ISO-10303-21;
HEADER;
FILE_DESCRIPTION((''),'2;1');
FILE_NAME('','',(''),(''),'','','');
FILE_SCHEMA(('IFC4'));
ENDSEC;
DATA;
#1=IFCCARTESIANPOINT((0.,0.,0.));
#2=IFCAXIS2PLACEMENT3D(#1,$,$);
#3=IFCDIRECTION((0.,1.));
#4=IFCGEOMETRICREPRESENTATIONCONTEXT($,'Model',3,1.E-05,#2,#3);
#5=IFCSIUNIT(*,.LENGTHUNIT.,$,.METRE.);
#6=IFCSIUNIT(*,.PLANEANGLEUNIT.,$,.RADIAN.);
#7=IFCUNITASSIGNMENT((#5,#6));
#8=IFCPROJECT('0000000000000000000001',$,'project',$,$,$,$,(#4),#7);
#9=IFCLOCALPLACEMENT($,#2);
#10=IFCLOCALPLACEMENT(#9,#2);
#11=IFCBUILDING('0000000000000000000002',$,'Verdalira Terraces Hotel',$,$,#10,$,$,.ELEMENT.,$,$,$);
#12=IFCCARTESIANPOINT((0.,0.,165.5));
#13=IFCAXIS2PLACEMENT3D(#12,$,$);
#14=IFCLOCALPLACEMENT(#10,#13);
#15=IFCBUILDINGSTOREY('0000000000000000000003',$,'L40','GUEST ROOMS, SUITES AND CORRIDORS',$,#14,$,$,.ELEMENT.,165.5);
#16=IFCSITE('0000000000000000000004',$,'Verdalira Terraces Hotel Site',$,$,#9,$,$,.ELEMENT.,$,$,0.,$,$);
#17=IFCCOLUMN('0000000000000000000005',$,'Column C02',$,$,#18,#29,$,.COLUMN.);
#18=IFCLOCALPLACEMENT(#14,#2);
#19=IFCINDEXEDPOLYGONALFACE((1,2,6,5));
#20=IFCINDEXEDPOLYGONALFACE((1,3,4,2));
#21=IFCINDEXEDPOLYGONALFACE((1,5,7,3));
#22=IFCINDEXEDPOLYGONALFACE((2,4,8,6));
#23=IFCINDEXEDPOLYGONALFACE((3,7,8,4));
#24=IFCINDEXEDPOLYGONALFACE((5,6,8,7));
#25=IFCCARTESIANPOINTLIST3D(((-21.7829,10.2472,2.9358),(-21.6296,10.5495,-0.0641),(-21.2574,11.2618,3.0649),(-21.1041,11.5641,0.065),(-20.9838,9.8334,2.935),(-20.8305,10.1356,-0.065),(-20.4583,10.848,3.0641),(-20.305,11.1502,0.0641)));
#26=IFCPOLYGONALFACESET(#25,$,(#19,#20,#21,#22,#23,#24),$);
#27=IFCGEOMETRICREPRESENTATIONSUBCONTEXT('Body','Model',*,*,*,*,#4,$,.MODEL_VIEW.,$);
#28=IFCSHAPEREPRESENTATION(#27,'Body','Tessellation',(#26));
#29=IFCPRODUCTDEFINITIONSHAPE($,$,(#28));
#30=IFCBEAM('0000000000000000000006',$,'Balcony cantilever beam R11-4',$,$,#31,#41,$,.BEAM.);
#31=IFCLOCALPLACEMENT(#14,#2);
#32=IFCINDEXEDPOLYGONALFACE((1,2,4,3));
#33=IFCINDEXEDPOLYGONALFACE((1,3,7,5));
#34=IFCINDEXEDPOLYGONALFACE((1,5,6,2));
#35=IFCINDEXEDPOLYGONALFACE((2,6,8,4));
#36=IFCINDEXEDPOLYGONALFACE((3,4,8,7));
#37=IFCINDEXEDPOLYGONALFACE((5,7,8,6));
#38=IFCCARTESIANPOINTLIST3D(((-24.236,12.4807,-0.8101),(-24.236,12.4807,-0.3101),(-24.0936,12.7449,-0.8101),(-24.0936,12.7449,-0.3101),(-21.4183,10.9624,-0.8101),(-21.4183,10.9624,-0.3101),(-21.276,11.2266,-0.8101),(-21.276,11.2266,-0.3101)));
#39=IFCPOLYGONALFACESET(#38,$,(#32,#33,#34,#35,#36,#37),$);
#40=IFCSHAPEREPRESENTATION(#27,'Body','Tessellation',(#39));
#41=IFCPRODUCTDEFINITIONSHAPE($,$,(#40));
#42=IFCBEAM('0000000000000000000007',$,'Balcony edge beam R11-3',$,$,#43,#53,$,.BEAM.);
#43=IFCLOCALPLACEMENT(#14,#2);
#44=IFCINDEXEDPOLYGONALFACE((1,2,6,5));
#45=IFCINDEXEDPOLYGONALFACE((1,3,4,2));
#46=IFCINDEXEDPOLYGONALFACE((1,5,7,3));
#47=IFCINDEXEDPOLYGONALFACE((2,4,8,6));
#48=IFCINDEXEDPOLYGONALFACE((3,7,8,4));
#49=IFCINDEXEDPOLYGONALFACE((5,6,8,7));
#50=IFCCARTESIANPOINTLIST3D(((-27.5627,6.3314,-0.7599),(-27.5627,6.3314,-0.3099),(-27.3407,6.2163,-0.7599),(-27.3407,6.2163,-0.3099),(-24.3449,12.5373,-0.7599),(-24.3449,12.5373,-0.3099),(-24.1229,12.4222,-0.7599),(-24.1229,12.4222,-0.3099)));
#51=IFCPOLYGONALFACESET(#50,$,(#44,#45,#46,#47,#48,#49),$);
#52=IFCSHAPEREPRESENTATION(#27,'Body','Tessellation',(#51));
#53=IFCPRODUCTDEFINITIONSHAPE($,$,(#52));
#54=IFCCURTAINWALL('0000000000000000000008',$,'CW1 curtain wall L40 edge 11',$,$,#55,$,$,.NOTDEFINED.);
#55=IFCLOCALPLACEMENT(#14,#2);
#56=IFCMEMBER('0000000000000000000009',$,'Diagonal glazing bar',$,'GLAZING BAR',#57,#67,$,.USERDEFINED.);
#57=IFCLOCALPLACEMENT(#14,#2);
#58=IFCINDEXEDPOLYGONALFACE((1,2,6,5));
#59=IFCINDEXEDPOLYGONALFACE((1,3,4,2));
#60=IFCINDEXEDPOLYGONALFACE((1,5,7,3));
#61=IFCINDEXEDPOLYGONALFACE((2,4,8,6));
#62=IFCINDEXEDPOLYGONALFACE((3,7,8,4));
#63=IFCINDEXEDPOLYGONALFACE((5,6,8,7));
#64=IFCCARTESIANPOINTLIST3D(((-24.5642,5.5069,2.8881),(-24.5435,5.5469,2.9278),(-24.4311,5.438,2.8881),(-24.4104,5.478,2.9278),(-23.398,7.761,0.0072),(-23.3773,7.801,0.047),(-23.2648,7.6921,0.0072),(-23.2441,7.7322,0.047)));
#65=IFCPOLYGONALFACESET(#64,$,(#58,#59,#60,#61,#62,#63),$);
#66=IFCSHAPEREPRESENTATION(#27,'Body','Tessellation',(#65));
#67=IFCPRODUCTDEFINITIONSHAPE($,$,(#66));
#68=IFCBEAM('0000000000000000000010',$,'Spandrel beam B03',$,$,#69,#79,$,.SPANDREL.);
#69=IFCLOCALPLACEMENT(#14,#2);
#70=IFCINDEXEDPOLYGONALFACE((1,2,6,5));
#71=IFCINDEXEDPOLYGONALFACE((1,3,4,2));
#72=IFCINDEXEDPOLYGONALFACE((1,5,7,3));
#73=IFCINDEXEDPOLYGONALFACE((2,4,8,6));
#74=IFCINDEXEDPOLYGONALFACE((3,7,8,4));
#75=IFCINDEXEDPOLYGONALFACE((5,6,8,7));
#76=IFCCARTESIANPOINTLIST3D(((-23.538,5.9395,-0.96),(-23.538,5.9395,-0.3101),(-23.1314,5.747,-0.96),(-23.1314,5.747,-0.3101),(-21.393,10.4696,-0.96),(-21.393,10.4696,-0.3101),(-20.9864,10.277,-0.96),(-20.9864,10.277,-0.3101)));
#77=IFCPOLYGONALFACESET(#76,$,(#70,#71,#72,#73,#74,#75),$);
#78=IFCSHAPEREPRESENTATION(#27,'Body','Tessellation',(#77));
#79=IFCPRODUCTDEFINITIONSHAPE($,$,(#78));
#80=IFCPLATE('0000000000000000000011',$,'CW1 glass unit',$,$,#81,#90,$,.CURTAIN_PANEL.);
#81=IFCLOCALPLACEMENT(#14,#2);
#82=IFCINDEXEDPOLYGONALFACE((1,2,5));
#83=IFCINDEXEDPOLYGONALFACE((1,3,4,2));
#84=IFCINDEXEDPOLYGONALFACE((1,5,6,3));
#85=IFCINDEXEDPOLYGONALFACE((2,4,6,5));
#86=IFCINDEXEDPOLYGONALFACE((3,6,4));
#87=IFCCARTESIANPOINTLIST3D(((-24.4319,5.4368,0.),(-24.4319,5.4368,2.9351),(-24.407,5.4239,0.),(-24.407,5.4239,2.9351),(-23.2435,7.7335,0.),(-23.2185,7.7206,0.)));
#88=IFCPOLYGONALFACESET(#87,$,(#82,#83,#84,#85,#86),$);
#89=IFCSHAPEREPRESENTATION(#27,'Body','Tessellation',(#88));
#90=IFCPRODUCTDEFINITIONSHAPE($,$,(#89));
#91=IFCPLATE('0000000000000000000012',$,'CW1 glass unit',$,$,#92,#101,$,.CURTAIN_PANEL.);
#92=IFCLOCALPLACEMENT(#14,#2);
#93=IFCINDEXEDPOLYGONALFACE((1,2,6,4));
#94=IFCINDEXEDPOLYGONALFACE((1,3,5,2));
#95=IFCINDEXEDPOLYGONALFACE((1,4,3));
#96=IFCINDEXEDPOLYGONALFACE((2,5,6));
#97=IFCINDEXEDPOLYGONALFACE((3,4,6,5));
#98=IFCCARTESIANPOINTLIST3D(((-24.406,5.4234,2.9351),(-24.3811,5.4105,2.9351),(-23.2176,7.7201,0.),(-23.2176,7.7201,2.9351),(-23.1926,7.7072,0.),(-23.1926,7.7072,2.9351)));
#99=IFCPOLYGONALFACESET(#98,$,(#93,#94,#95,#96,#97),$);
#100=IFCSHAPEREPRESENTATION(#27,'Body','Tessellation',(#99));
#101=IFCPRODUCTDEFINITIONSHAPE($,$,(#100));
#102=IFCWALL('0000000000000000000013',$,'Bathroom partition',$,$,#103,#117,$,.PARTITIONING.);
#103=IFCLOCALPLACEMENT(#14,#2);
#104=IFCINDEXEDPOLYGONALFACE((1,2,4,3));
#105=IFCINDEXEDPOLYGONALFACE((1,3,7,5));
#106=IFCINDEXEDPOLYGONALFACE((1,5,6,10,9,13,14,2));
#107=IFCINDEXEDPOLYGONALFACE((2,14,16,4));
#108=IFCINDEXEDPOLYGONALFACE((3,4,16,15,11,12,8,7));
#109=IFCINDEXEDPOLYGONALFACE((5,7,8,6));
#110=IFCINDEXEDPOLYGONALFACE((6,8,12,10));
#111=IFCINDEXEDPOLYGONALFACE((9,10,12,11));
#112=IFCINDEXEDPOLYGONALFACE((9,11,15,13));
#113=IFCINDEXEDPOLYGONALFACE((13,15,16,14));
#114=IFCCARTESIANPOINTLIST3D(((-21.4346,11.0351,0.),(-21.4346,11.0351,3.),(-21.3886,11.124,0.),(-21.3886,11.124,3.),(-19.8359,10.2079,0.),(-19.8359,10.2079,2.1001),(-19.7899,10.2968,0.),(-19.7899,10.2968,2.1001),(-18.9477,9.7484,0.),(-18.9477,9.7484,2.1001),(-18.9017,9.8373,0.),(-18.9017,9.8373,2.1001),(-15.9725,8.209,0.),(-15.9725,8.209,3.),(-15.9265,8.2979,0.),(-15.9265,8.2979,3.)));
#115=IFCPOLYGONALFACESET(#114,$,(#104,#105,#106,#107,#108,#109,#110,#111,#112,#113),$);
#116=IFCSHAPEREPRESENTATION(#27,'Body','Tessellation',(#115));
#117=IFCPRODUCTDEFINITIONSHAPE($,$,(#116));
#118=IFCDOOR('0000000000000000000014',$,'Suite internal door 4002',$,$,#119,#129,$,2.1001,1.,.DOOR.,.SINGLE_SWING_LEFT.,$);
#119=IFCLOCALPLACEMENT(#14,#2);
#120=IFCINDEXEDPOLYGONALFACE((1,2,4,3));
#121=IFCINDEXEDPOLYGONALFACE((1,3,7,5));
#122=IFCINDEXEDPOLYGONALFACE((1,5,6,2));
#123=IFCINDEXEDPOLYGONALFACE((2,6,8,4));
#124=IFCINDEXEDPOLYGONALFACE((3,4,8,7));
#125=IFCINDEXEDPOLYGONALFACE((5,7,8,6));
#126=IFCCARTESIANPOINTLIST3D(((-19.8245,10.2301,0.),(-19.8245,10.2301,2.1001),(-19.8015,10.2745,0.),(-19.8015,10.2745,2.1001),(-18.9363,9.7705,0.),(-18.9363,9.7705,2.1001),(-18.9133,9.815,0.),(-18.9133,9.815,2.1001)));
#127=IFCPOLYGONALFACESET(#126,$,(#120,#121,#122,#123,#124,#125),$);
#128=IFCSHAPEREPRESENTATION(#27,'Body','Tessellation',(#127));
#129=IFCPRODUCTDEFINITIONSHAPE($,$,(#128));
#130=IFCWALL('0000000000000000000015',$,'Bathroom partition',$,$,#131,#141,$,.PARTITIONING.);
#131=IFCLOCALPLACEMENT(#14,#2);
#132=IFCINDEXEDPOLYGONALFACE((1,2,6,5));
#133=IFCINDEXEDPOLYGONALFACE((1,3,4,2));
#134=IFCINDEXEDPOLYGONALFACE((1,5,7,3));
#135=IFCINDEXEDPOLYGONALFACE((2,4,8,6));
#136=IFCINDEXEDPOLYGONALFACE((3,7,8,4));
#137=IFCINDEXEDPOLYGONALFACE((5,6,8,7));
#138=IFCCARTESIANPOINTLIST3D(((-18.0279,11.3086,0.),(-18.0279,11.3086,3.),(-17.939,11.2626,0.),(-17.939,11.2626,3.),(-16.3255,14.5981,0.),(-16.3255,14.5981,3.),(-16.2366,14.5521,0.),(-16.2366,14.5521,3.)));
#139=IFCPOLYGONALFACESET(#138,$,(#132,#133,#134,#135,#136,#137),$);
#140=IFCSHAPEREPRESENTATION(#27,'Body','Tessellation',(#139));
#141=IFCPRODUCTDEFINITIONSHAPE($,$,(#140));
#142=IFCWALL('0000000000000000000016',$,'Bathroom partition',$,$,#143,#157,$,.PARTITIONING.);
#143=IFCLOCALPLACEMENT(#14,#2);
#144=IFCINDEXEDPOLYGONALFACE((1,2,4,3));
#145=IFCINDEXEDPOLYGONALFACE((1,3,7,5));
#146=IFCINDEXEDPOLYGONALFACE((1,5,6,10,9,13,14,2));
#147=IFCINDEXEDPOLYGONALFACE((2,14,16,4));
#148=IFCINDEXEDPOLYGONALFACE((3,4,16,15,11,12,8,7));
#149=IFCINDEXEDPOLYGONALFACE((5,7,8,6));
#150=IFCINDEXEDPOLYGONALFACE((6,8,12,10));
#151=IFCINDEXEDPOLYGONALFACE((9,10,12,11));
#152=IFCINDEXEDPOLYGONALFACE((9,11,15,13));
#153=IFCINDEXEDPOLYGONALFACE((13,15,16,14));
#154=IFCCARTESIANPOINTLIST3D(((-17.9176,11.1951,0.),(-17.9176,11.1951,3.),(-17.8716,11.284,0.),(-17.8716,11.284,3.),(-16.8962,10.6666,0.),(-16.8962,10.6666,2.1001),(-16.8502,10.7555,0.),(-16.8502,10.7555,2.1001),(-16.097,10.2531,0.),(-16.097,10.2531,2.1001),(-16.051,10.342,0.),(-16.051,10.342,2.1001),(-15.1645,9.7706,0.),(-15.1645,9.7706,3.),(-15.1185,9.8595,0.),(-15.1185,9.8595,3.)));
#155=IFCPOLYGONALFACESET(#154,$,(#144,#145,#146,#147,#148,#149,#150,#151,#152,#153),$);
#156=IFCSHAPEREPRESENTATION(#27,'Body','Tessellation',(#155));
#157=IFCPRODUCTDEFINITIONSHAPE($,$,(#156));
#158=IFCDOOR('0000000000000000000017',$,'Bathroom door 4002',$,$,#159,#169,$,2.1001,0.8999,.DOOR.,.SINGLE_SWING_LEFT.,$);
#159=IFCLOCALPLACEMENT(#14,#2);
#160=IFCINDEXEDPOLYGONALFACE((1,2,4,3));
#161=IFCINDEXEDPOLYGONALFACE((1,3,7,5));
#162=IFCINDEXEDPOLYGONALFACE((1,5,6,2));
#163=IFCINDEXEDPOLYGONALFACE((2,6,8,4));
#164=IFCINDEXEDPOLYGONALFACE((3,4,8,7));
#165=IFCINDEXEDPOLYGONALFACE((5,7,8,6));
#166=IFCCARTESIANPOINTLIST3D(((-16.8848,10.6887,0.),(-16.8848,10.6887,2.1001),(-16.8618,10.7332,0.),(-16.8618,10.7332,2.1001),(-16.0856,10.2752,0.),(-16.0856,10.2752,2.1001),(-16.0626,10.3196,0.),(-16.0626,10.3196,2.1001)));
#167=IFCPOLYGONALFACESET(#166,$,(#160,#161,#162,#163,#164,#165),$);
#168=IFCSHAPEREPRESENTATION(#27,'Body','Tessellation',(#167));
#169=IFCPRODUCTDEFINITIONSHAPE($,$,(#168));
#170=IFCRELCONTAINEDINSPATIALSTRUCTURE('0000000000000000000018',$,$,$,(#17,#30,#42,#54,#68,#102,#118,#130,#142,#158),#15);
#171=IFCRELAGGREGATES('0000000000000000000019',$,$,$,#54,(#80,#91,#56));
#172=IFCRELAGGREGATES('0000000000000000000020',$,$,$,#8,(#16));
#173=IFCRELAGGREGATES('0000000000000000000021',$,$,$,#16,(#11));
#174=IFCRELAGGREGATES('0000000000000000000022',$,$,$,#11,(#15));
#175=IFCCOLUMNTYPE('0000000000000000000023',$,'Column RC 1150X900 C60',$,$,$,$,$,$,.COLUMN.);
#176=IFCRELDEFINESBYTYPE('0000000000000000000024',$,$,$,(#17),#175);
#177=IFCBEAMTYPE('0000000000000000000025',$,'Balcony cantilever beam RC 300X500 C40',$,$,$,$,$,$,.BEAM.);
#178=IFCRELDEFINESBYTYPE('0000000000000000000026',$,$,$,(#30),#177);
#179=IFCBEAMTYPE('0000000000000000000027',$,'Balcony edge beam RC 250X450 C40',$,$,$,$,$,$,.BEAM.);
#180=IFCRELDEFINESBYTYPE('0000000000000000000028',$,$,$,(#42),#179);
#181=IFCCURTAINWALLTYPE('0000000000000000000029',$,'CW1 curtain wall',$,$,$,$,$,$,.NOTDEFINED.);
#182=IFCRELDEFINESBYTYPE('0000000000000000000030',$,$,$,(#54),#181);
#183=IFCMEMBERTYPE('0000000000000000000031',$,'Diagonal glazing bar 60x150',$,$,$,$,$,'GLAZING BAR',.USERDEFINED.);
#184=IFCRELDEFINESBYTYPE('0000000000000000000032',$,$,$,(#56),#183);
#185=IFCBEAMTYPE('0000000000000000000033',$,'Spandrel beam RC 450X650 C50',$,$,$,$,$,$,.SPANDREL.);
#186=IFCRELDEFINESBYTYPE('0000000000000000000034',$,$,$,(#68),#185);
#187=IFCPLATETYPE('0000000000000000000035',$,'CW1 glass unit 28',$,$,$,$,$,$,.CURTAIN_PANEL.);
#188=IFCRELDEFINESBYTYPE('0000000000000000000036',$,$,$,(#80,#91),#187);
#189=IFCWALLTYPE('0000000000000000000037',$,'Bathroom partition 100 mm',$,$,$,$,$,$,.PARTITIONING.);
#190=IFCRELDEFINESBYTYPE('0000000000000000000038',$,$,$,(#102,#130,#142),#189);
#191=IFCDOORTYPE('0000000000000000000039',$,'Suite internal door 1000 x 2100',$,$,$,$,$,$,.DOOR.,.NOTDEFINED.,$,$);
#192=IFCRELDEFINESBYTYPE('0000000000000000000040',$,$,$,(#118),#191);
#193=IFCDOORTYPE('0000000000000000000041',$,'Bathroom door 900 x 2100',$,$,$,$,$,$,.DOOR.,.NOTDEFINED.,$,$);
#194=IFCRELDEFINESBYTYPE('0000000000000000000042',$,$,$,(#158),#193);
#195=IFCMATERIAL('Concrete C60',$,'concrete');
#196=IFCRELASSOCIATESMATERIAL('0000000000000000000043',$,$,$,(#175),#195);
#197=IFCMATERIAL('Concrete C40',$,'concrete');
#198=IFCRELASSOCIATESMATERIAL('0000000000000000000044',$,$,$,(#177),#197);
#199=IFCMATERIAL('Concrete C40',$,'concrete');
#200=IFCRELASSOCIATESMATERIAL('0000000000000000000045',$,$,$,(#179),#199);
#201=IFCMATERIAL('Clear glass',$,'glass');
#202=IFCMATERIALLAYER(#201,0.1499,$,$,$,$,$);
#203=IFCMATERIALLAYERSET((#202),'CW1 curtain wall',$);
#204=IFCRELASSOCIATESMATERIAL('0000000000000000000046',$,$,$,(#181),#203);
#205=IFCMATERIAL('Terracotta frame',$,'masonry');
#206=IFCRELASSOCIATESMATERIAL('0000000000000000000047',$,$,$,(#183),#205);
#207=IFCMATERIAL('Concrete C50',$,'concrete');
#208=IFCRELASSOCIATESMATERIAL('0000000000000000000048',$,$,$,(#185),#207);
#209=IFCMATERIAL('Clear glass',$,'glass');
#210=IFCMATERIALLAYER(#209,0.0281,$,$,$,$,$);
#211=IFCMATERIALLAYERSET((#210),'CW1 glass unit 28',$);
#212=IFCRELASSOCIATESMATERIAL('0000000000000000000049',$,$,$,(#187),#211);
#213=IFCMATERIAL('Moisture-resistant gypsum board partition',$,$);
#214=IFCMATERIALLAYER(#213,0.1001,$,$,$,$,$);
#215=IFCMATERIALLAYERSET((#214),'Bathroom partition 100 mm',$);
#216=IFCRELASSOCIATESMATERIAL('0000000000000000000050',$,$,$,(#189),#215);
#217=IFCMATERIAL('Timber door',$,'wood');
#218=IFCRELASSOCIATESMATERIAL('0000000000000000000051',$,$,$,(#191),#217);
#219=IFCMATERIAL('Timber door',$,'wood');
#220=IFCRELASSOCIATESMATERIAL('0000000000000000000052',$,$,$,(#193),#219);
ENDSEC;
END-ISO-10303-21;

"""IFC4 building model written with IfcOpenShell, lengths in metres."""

from ifc_helpers import new_model, si_unit, direction, frame, frame_2d, origin, origin_2d, place, context, subcontext, project, spatial, polyline, rectangle, outline, extrude, material, layer, layer_set, material_profile, profile_set, type_object, element, fill, aggregate, save


model = new_model("IFC4")

# Units and contexts
model_context = context("Model", 3, precision=1e-05, world=origin(), true_north=direction((0.0, 1.0)))
body_context = subcontext(model_context, "Body", "Model", "MODEL_VIEW")
ifc_project = project(units=[si_unit("LENGTHUNIT", "METRE"), si_unit("PLANEANGLEUNIT", "RADIAN")], contexts=[model_context])

# Site, building, storey
site_placement = place(None, origin())
site = spatial("IfcSite", under=ifc_project, at=site_placement, Name="Verdalira Terraces Hotel Site", CompositionType="ELEMENT", RefElevation=0.0)
building_placement = place(site_placement, origin())
building = spatial("IfcBuilding", under=site, at=building_placement, Name="Verdalira Terraces Hotel", CompositionType="ELEMENT")
storey_placement = place(building_placement, frame((0.0, 0.0, 165.5)))
storey = spatial("IfcBuildingStorey", under=building, at=storey_placement, Name="L40", Description="GUEST ROOMS, SUITES AND CORRIDORS", CompositionType="ELEMENT", Elevation=165.5)

# Column
ifc_material_1 = material(Name="Concrete C60", Category="concrete")
ifc_material_profile_1 = material_profile(ifc_material_1, rectangle(XDim=1.1499, YDim=0.8999, at=origin_2d()), Name="RC 1150X900")
ifc_profile_set_1 = profile_set([ifc_material_profile_1], Name="Concrete C60")
column_type = type_object("IfcColumnType", Name="Column RC 1150X900 C60", PredefinedType="COLUMN", material=ifc_profile_set_1)
column_placement = place(storey_placement, frame((-20.9673, 10.8499, 0.0), z_axis=(-0.050784, -0.100112, 0.993679), x_axis=(-0.457037, -0.882336, -0.112252)))
element("IfcColumn", 1, at=column_placement, inside=storey, type_object=column_type, Name="Column C02", PredefinedType="COLUMN", context=body_context, shape_type="SweptSolid", body=[
    extrude(rectangle(XDim=1.1499, YDim=0.8999, at=origin_2d()), origin(), (0.0, 0.0, 1.0), 3.019),
])

# Beams
ifc_material_2 = material(Name="Concrete C40", Category="concrete")
ifc_material_profile_2 = material_profile(ifc_material_2, rectangle(XDim=0.3, YDim=0.5, at=origin_2d()), Name="RC 300X500")
ifc_profile_set_2 = profile_set([ifc_material_profile_2], Name="Concrete C40")
beam_type_1 = type_object("IfcBeamType", Name="Balcony cantilever beam RC 300X500 C40", PredefinedType="BEAM", material=ifc_profile_set_2)
beam_1_placement = place(storey_placement, frame((-21.3472, 11.0945, -0.5601), z_axis=(-0.880324, 0.474373, 0.0), x_axis=(-0.474373, -0.880324, 0.0)))
element("IfcBeam", 2, at=beam_1_placement, inside=storey, type_object=beam_type_1, Name="Balcony cantilever beam R11-4", PredefinedType="BEAM", context=body_context, shape_type="SweptSolid", body=[
    extrude(rectangle(XDim=0.3, YDim=0.5, at=origin_2d()), origin(), (0.0, 0.0, 1.0), 3.2007),
])
ifc_material_3 = material(Name="Concrete C40", Category="concrete")
ifc_material_profile_3 = material_profile(ifc_material_3, rectangle(XDim=0.25, YDim=0.45, at=origin_2d()), Name="RC 250X450")
ifc_profile_set_3 = profile_set([ifc_material_profile_3], Name="Concrete C40")
beam_type_2 = type_object("IfcBeamType", Name="Balcony edge beam RC 250X450 C40", PredefinedType="BEAM", material=ifc_profile_set_3)
beam_2_placement = place(storey_placement, frame((-24.2339, 12.4797, -0.5349), z_axis=(-0.460311, -0.887758, 0.0), x_axis=(0.887758, -0.460311, 0.0)))
element("IfcBeam", 3, at=beam_2_placement, inside=storey, type_object=beam_type_2, Name="Balcony edge beam R11-3", PredefinedType="BEAM", context=body_context, shape_type="SweptSolid", body=[
    extrude(rectangle(XDim=0.25, YDim=0.45, at=origin_2d()), origin(), (0.0, 0.0, 1.0), 6.9905),
])

# Curtain wall, member
ifc_material_4 = material(Name="Clear glass", Category="glass")
ifc_layer_1 = layer(ifc_material_4, 0.1499)
ifc_layer_set_1 = layer_set([ifc_layer_1], Name="CW1 curtain wall")
curtain_wall_type = type_object("IfcCurtainWallType", Name="CW1 curtain wall", PredefinedType="NOTDEFINED", material=ifc_layer_set_1)
curtain_wall_placement = place(storey_placement, origin())
curtain_wall = element("IfcCurtainWall", 4, at=curtain_wall_placement, inside=storey, type_object=curtain_wall_type, Name="CW1 curtain wall L40 edge 11", PredefinedType="NOTDEFINED")
ifc_material_5 = material(Name="Terracotta frame", Category="masonry")
ifc_material_profile_4 = material_profile(ifc_material_5, rectangle(XDim=0.1499, YDim=0.0601, at=origin_2d()), Name="GB 60x150")
ifc_profile_set_4 = profile_set([ifc_material_profile_4], Name="Terracotta frame")
member_type = type_object("IfcMemberType", Name="Diagonal glazing bar 60x150", ElementType="GLAZING BAR", PredefinedType="USERDEFINED", material=ifc_profile_set_4)
member_placement = place(storey_placement, frame((-23.321, 7.7466, 0.0271), z_axis=(-0.303764, -0.587116, 0.750348), x_axis=(0.888166, -0.459522, 0.0)))
member = element("IfcMember", 5, at=member_placement, type_object=member_type, Name="Diagonal glazing bar", ObjectType="GLAZING BAR", PredefinedType="USERDEFINED", context=body_context, shape_type="SweptSolid", body=[
    extrude(rectangle(XDim=0.1499, YDim=0.0601, at=origin_2d()), origin(), (0.0, 0.0, 1.0), 3.8394),
])

# Beam
ifc_material_6 = material(Name="Concrete C50", Category="concrete")
ifc_material_profile_5 = material_profile(ifc_material_6, rectangle(XDim=0.45, YDim=0.6499, at=origin_2d()), Name="RC 450X650")
ifc_profile_set_5 = profile_set([ifc_material_profile_5], Name="Concrete C50")
beam_type_3 = type_object("IfcBeamType", Name="Spandrel beam RC 450X650 C50", PredefinedType="SPANDREL", material=ifc_profile_set_5)
beam_3_placement = place(storey_placement, frame((-21.1897, 10.3733, -0.635), z_axis=(-0.427959, -0.903798, 0.0), x_axis=(0.903798, -0.427959, 0.0)))
element("IfcBeam", 6, at=beam_3_placement, inside=storey, type_object=beam_type_3, Name="Spandrel beam B03", PredefinedType="SPANDREL", context=body_context, shape_type="SweptSolid", body=[
    extrude(rectangle(XDim=0.45, YDim=0.6499, at=origin_2d()), origin(), (0.0, 0.0, 1.0), 5.0122),
])

# Plates
ifc_material_7 = material(Name="Clear glass", Category="glass")
ifc_layer_2 = layer(ifc_material_7, 0.0281)
ifc_layer_set_2 = layer_set([ifc_layer_2], Name="CW1 glass unit 28")
plate_type = type_object("IfcPlateType", Name="CW1 glass unit 28", PredefinedType="CURTAIN_PANEL", material=ifc_layer_set_2)
plate_1_placement = place(storey_placement, frame((-23.8127, 6.5723, 1.4675), z_axis=(-0.888136, 0.45958, 0.0), x_axis=(-0.45958, -0.888136, 0.0)))
plate_1 = element("IfcPlate", 7, at=plate_1_placement, type_object=plate_type, Name="CW1 glass unit", PredefinedType="CURTAIN_PANEL", context=body_context, shape_type="SweptSolid", body=[
    extrude(outline(polyline([(-1.293, -1.4675), (1.293, -1.4675), (1.293, 1.4675), (-1.293, -1.4675)])), origin(), (0.0, 0.0, 1.0), 0.0281),
])
plate_2_placement = place(storey_placement, frame((-23.7869, 6.5588, 1.4675), z_axis=(-0.888136, 0.45958, 0.0), x_axis=(-0.45958, -0.888136, 0.0)))
plate_2 = element("IfcPlate", 8, at=plate_2_placement, type_object=plate_type, Name="CW1 glass unit", PredefinedType="CURTAIN_PANEL", context=body_context, shape_type="SweptSolid", body=[
    extrude(outline(polyline([(-1.293, -1.4675), (1.293, 1.4675), (-1.293, 1.4675), (-1.293, -1.4675)])), origin(), (0.0, 0.0, 1.0), 0.0281),
])
aggregate(curtain_wall, [plate_1, plate_2, member])

# Wall, opening, door
ifc_material_8 = material(Name="Moisture-resistant gypsum board partition")
ifc_layer_3 = layer(ifc_material_8, 0.1001)
ifc_layer_set_3 = layer_set([ifc_layer_3], Name="Bathroom partition 100 mm")
wall_type_1 = type_object("IfcWallType", Name="Bathroom partition 100 mm", PredefinedType="PARTITIONING", material=ifc_layer_set_3)
wall_1_placement = place(storey_placement, frame((-21.4116, 11.0796, 0.0), z_axis=(0.0, 0.0, 1.0), x_axis=(0.888157, -0.459541, 0.0)))
wall_1 = element("IfcWall", 9, at=wall_1_placement, inside=storey, type_object=wall_type_1, Name="Bathroom partition", PredefinedType="PARTITIONING", context=body_context, shape_type="SweptSolid", body=[
    extrude(rectangle(XDim=6.1499, YDim=0.1001, at=frame_2d((3.075, 0.0))), origin(), (0.0, 0.0, 1.0), 3.0),
])
opening_1_placement = place(wall_1_placement, frame((1.8, 0.0, 0.0)))
opening_1 = element("IfcOpeningElement", 10, at=opening_1_placement, cuts=wall_1, PredefinedType="OPENING", context=body_context, shape_type="SweptSolid", body=[
    extrude(rectangle(XDim=1.0, YDim=2.1001, at=frame_2d((0.5, 1.05))), frame((0.0, 0.0601, 0.0), z_axis=(0.0, -1.0, 0.0), x_axis=(1.0, 0.0, 0.0)), (0.0, 0.0, 1.0), 0.1201),
])
ifc_material_9 = material(Name="Timber door", Category="wood")
door_type_1 = type_object("IfcDoorType", Name="Suite internal door 1000 x 2100", OperationType="NOTDEFINED", PredefinedType="DOOR", material=ifc_material_9)
door_1_placement = place(opening_1_placement, origin())
door_1 = element("IfcDoor", 11, at=door_1_placement, inside=storey, type_object=door_type_1, Name="Suite internal door 4002", OperationType="SINGLE_SWING_LEFT", OverallHeight=2.1001, OverallWidth=1.0, PredefinedType="DOOR", context=body_context, shape_type="SweptSolid", body=[
    extrude(rectangle(XDim=1.0, YDim=2.1001, at=frame_2d((0.5, 1.05))), frame((0.0, 0.0249, 0.0), z_axis=(0.0, -1.0, 0.0), x_axis=(1.0, 0.0, 0.0)), (0.0, 0.0, 1.0), 0.05),
])
fill(opening_1, door_1)

# Wall
wall_2_placement = place(storey_placement, frame((-16.281, 14.5752, 0.0), z_axis=(0.0, 0.0, 1.0), x_axis=(-0.459615, -0.888118, 0.0)))
element("IfcWall", 12, at=wall_2_placement, inside=storey, type_object=wall_type_1, Name="Bathroom partition", PredefinedType="PARTITIONING", context=body_context, shape_type="SweptSolid", body=[
    extrude(rectangle(XDim=3.7039, YDim=0.1001, at=frame_2d((1.8521, 0.0))), origin(), (0.0, 0.0, 1.0), 3.0),
])

# Wall, opening, door
wall_3_placement = place(storey_placement, frame((-17.8945, 11.2395, 0.0), z_axis=(0.0, 0.0, 1.0), x_axis=(0.888151, -0.459551, 0.0)))
wall_3 = element("IfcWall", 13, at=wall_3_placement, inside=storey, type_object=wall_type_1, Name="Bathroom partition", PredefinedType="PARTITIONING", context=body_context, shape_type="SweptSolid", body=[
    extrude(rectangle(XDim=3.0999, YDim=0.1001, at=frame_2d((1.5498, 0.0))), origin(), (0.0, 0.0, 1.0), 3.0),
])
opening_2_placement = place(wall_3_placement, frame((1.1499, 0.0, 0.0)))
opening_2 = element("IfcOpeningElement", 14, at=opening_2_placement, cuts=wall_3, PredefinedType="OPENING", context=body_context, shape_type="SweptSolid", body=[
    extrude(rectangle(XDim=0.8999, YDim=2.1001, at=frame_2d((0.45, 1.05))), frame((0.0, 0.0601, 0.0), z_axis=(0.0, -1.0, 0.0), x_axis=(1.0, 0.0, 0.0)), (0.0, 0.0, 1.0), 0.1201),
])
ifc_material_10 = material(Name="Timber door", Category="wood")
door_type_2 = type_object("IfcDoorType", Name="Bathroom door 900 x 2100", OperationType="NOTDEFINED", PredefinedType="DOOR", material=ifc_material_10)
door_2_placement = place(opening_2_placement, origin())
door_2 = element("IfcDoor", 15, at=door_2_placement, inside=storey, type_object=door_type_2, Name="Bathroom door 4002", OperationType="SINGLE_SWING_LEFT", OverallHeight=2.1001, OverallWidth=0.8999, PredefinedType="DOOR", context=body_context, shape_type="SweptSolid", body=[
    extrude(rectangle(XDim=0.8999, YDim=2.1001, at=frame_2d((0.45, 1.05))), frame((0.0, 0.0249, 0.0), z_axis=(0.0, -1.0, 0.0), x_axis=(1.0, 0.0, 0.0)), (0.0, 0.0, 1.0), 0.05),
])
fill(opening_2, door_2)

save(model, "model.ifc")
